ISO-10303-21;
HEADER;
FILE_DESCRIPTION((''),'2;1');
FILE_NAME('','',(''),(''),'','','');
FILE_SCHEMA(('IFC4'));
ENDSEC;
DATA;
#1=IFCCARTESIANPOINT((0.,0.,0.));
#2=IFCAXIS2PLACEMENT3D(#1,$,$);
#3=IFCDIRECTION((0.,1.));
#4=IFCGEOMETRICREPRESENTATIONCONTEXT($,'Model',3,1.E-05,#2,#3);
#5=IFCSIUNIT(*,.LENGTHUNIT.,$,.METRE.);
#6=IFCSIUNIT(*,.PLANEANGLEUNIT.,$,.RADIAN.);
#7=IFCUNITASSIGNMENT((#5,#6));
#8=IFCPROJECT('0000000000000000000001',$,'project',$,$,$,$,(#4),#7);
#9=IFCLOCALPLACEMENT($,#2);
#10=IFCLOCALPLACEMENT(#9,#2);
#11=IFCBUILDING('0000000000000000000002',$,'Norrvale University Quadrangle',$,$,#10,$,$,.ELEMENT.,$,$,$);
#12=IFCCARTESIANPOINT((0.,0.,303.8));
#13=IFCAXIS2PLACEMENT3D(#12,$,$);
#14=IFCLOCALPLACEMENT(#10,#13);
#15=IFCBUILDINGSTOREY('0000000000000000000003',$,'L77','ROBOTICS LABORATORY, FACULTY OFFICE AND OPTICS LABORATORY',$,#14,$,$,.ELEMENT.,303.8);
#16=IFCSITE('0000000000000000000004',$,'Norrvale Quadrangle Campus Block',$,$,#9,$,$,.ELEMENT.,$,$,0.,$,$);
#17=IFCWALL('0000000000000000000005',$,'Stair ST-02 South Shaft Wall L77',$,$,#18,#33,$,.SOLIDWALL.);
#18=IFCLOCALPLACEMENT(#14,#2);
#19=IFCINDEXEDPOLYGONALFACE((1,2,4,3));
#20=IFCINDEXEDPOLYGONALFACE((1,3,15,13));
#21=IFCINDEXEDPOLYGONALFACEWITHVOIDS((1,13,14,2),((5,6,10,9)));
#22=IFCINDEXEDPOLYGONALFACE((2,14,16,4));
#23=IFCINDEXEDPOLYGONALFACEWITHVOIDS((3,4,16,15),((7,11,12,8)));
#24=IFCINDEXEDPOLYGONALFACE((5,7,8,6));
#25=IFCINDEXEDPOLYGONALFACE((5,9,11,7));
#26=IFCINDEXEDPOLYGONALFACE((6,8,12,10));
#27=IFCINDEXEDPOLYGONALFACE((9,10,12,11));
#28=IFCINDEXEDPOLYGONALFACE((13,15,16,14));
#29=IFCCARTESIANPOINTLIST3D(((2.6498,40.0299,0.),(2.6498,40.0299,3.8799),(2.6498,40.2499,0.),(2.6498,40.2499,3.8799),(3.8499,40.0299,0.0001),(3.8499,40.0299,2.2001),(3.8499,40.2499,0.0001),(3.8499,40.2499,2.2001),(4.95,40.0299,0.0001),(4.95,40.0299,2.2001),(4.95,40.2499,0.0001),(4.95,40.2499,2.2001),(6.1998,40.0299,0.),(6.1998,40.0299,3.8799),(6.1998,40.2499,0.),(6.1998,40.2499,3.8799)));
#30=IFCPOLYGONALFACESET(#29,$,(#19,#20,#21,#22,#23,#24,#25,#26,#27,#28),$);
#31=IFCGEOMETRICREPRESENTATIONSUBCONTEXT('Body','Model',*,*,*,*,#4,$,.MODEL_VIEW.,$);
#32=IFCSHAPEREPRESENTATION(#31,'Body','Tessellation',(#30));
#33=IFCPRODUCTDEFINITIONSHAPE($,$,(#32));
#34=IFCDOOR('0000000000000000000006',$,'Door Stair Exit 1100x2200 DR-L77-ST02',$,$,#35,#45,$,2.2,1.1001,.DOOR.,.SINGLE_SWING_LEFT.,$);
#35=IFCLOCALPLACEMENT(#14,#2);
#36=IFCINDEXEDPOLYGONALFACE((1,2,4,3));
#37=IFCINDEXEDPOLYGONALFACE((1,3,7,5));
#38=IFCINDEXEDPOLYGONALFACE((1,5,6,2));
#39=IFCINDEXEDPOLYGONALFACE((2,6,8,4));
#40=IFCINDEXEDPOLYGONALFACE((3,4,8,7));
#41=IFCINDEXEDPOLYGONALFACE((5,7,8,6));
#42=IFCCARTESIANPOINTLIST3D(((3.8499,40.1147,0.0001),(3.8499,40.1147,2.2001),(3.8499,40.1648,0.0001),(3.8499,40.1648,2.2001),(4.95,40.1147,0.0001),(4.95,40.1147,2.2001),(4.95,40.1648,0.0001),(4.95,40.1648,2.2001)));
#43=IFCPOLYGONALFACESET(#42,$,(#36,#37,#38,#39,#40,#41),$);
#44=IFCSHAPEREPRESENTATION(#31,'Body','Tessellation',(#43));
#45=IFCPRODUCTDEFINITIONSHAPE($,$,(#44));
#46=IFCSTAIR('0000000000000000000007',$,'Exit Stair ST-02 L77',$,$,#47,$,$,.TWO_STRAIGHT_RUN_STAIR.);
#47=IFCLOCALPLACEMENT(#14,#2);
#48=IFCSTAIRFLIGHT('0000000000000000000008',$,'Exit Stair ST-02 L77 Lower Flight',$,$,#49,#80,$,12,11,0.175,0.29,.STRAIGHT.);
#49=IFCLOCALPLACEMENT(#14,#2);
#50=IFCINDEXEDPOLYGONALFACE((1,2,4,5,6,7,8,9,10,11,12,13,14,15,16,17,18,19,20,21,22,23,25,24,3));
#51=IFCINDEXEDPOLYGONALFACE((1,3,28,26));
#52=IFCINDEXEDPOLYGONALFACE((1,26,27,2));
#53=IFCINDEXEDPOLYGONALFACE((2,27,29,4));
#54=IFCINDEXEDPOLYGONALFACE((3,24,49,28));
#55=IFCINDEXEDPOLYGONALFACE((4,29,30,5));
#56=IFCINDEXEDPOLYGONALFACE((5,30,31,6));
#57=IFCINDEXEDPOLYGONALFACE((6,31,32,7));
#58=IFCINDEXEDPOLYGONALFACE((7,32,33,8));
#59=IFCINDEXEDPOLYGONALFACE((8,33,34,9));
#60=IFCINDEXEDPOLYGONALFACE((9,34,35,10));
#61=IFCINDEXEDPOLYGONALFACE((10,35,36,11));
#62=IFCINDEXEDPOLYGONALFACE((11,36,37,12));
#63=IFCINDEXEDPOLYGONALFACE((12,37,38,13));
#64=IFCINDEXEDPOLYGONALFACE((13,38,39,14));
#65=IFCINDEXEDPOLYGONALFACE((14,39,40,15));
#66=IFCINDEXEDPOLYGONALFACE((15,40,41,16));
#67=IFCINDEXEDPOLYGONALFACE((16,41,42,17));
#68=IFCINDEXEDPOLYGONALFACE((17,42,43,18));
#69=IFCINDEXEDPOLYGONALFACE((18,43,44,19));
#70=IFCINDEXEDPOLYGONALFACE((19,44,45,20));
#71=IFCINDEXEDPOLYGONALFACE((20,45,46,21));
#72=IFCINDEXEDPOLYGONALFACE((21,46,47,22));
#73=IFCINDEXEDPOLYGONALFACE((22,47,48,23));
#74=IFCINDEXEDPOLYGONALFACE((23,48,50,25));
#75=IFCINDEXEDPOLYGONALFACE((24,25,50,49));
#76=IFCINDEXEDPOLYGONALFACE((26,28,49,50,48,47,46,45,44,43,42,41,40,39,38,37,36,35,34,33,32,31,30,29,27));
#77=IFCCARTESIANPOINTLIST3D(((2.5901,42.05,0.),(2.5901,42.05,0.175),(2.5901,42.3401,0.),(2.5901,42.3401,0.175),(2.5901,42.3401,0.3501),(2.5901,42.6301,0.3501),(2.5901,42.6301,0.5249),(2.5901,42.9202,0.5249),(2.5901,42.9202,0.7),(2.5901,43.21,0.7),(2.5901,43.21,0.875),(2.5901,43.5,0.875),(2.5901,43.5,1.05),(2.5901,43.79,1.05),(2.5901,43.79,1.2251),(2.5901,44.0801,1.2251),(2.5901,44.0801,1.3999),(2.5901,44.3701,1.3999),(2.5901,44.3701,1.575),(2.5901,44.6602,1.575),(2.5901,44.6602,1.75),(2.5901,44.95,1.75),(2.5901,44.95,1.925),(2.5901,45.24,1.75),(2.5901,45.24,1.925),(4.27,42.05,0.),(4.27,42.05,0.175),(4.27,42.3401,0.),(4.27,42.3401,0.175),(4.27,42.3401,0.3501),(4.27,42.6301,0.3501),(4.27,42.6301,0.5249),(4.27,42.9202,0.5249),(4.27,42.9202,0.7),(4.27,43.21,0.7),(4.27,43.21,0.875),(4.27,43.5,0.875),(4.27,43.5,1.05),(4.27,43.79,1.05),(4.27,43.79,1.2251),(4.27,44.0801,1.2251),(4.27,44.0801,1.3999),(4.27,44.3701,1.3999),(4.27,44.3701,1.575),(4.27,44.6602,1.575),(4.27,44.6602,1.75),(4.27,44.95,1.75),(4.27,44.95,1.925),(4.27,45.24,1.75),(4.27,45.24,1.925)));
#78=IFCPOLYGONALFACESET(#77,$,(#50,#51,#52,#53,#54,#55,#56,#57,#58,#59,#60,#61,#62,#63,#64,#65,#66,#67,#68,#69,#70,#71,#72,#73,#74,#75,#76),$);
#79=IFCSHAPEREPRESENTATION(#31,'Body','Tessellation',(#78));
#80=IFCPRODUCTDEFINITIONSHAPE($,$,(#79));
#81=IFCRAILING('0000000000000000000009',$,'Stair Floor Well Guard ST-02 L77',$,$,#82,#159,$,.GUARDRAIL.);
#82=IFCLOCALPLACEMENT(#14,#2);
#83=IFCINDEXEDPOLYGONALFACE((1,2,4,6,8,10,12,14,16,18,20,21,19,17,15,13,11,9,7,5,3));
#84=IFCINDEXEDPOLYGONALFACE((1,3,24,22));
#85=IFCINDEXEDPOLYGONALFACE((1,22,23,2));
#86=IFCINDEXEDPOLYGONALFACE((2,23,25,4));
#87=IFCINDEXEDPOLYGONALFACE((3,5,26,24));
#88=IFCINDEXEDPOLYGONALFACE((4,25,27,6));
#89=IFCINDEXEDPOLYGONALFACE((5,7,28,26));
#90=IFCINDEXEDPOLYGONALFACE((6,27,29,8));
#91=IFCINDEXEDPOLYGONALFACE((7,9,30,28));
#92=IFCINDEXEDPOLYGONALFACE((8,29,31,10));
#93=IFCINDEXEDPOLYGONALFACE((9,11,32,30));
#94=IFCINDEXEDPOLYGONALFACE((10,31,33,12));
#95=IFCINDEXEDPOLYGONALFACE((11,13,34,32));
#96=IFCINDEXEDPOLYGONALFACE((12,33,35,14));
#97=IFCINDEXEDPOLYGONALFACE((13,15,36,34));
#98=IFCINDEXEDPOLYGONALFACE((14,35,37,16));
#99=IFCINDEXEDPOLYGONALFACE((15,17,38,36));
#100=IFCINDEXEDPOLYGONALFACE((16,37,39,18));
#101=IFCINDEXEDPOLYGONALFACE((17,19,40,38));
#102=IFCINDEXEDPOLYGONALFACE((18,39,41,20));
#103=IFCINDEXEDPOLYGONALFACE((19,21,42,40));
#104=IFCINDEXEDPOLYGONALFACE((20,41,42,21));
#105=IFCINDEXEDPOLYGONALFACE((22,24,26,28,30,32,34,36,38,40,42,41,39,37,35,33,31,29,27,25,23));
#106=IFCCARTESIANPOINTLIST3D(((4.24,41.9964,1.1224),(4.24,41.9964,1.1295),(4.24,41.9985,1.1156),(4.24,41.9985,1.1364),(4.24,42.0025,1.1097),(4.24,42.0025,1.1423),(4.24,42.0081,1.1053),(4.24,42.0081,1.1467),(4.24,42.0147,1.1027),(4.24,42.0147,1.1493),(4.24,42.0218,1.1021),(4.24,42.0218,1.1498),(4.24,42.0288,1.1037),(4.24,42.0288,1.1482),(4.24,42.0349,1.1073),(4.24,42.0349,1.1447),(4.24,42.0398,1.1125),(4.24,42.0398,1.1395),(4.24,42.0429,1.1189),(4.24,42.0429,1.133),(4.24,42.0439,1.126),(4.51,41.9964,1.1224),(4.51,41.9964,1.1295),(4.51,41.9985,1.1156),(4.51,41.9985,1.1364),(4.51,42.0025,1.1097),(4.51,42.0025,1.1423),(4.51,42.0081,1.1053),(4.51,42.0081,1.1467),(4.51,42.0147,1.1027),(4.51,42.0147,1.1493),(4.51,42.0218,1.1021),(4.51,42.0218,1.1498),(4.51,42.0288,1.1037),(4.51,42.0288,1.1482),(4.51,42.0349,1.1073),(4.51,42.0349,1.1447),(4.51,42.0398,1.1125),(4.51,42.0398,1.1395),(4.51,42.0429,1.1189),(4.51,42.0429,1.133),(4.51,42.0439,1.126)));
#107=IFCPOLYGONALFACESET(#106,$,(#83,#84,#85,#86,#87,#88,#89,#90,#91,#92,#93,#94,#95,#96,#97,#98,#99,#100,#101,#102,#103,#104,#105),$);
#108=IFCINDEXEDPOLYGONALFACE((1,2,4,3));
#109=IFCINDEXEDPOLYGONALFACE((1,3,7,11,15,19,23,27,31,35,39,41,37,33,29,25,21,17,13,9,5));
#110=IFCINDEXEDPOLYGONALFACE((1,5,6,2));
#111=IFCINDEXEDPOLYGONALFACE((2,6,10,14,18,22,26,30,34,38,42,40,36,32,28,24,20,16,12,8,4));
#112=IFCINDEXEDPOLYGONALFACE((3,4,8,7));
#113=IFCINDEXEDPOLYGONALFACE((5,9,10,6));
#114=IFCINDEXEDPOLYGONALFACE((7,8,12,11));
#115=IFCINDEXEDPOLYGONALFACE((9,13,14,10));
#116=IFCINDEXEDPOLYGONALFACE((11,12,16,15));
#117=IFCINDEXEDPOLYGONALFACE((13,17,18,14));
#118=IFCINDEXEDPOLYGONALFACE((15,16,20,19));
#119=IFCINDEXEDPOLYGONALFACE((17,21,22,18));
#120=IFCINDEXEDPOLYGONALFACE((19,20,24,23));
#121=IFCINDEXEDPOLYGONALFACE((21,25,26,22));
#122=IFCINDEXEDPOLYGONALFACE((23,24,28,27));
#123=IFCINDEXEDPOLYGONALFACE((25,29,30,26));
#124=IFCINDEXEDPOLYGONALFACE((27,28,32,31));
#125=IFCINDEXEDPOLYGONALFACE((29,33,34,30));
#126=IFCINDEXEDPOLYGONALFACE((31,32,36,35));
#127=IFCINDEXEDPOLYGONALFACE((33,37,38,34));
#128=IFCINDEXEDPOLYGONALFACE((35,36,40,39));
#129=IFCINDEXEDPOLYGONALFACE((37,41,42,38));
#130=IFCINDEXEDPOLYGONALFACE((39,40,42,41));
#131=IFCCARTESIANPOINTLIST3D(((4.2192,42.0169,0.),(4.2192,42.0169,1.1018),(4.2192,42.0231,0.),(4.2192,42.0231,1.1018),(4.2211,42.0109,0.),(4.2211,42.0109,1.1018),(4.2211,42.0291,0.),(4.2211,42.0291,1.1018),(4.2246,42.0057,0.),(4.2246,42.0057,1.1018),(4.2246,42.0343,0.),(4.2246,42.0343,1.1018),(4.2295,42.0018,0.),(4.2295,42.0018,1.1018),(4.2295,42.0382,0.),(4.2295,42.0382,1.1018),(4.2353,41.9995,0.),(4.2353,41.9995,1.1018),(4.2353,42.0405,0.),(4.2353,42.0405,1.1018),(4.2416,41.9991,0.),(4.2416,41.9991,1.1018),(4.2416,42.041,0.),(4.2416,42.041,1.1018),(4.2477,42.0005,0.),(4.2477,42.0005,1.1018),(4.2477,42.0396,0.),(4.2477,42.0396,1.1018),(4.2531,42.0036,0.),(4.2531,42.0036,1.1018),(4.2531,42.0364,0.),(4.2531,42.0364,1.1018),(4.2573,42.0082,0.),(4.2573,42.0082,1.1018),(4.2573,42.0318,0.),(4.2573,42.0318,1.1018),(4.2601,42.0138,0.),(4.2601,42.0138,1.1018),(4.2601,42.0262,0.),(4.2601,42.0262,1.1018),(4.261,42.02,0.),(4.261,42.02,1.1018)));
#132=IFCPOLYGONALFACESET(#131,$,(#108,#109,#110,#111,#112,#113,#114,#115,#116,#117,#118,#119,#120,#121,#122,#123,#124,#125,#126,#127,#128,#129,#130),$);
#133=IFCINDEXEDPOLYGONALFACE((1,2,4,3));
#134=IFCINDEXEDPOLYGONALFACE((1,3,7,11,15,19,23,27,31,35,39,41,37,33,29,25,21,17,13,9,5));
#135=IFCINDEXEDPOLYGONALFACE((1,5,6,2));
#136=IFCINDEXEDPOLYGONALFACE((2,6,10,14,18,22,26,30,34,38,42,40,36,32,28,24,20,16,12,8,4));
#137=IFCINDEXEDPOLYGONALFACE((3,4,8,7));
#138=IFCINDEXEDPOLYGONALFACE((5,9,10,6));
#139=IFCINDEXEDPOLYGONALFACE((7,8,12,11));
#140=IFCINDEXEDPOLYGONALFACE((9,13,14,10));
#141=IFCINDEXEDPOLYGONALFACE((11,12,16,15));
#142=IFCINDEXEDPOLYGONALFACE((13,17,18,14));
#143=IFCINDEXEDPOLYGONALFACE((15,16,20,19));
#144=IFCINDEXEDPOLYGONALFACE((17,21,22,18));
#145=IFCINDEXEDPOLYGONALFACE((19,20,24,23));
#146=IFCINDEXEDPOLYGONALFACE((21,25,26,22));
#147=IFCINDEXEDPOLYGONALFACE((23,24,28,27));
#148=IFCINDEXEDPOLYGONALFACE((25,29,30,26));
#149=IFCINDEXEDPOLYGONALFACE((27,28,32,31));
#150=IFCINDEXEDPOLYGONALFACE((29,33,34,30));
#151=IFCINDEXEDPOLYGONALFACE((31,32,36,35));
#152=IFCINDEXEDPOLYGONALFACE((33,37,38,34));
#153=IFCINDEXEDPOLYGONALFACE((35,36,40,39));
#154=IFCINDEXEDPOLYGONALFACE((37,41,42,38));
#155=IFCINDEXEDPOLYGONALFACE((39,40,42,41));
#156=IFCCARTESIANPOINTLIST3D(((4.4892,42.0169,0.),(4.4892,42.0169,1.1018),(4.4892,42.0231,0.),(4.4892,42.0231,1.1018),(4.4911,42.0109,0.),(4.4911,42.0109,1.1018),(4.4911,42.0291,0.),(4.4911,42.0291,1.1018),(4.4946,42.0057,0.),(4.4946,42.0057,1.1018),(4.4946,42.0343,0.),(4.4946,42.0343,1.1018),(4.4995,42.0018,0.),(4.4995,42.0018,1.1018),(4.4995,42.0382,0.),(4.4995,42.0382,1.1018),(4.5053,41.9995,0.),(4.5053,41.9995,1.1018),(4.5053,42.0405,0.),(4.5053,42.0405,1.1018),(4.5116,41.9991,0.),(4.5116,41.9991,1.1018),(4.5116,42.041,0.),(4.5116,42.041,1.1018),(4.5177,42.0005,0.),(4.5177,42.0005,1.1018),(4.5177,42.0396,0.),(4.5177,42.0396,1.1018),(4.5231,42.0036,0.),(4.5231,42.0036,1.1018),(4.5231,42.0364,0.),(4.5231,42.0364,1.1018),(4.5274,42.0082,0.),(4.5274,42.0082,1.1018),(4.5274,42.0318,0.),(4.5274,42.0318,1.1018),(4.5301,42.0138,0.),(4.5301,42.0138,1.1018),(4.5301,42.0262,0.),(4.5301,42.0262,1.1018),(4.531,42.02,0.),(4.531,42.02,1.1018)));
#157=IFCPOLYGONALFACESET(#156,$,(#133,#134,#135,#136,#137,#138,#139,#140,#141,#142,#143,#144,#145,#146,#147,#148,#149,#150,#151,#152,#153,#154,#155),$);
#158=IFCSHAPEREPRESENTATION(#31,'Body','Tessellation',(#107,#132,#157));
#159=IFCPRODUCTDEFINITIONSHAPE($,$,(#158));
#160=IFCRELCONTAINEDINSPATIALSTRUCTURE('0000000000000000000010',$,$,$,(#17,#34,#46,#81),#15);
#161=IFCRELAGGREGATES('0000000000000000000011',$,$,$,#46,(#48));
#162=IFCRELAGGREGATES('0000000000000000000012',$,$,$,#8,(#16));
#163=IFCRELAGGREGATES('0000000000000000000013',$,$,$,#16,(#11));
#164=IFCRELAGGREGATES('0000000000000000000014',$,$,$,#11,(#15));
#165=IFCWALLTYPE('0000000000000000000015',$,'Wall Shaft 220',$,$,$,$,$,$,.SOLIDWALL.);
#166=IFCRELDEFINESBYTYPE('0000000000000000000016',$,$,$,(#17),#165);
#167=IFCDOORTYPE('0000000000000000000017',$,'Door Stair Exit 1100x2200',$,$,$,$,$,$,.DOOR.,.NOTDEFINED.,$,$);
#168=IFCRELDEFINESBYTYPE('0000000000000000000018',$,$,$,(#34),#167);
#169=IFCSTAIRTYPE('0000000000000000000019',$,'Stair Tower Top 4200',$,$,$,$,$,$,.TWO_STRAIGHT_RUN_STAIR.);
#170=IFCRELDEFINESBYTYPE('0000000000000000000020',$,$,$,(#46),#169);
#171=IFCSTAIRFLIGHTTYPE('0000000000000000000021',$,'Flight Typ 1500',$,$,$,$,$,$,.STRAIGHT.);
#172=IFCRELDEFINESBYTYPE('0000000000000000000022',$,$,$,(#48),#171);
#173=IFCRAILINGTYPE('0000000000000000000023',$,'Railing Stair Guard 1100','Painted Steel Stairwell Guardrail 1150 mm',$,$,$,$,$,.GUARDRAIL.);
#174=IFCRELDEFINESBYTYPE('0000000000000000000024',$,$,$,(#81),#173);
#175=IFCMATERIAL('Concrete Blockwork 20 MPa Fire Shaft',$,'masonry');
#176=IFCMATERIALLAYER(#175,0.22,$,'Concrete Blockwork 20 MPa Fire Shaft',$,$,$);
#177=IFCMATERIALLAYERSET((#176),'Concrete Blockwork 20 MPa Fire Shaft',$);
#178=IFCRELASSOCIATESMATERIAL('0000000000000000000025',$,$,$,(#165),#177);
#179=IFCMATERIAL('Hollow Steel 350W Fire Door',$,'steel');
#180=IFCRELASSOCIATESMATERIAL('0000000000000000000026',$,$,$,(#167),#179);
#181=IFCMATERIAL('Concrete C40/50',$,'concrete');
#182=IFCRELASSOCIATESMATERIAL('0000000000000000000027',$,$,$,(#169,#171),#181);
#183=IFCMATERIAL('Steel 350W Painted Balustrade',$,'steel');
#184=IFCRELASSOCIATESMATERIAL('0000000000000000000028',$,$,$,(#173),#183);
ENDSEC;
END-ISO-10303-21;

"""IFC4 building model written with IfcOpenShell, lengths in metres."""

from ifc_helpers import new_model, si_unit, direction, frame, frame_2d, origin, origin_2d, place, context, subcontext, project, spatial, polyline, rectangle, circle, outline, extrude, material, layer, layer_set, type_object, element, fill, aggregate, save


model = new_model("IFC4")

# Units and contexts
model_context = context("Model", 3, precision=1e-05, world=origin(), true_north=direction((0.0, 1.0)))
body_context = subcontext(model_context, "Body", "Model", "MODEL_VIEW")
ifc_project = project(units=[si_unit("LENGTHUNIT", "METRE"), si_unit("PLANEANGLEUNIT", "RADIAN")], contexts=[model_context])

# Site, building, storey
site_placement = place(None, origin())
site = spatial("IfcSite", under=ifc_project, at=site_placement, Name="Norrvale Quadrangle Campus Block", CompositionType="ELEMENT", RefElevation=0.0)
building_placement = place(site_placement, origin())
building = spatial("IfcBuilding", under=site, at=building_placement, Name="Norrvale University Quadrangle", CompositionType="ELEMENT")
storey_placement = place(building_placement, frame((0.0, 0.0, 303.8)))
storey = spatial("IfcBuildingStorey", under=building, at=storey_placement, Name="L77", Description="ROBOTICS LABORATORY, FACULTY OFFICE AND OPTICS LABORATORY", CompositionType="ELEMENT", Elevation=303.8)

# Wall, opening, door
ifc_material_1 = material(Name="Concrete Blockwork 20 MPa Fire Shaft", Category="masonry")
ifc_layer_1 = layer(ifc_material_1, 0.22, Name="Concrete Blockwork 20 MPa Fire Shaft")
ifc_layer_set_1 = layer_set([ifc_layer_1], Name="Concrete Blockwork 20 MPa Fire Shaft")
wall_type_1 = type_object("IfcWallType", Name="Wall Shaft 220", PredefinedType="SOLIDWALL", material=ifc_layer_set_1)
wall_1_placement = place(storey_placement, frame((2.6499, 40.1399, 0.0), z_axis=(0.0, 0.0, 1.0), x_axis=(1.0, 0.0, 0.0)))
wall_1 = element("IfcWall", 1, at=wall_1_placement, inside=storey, type_object=wall_type_1, Name="Stair ST-02 South Shaft Wall L77", PredefinedType="SOLIDWALL", context=body_context, shape_type="SweptSolid", body=[
    extrude(rectangle(XDim=3.55, YDim=0.22, at=frame_2d((1.7749, 0.0))), origin(), (0.0, 0.0, 1.0), 3.8799),
])
opening_1_placement = place(wall_1_placement, frame((1.2, 0.0, 0.0)))
opening_1 = element("IfcOpeningElement", 2, at=opening_1_placement, cuts=wall_1, PredefinedType="OPENING", context=body_context, shape_type="SweptSolid", body=[
    extrude(rectangle(XDim=1.1001, YDim=2.2, at=frame_2d((0.55, 1.1001))), frame((0.0, 0.1221, 0.0), z_axis=(0.0, -1.0, 0.0), x_axis=(1.0, 0.0, 0.0)), (0.0, 0.0, 1.0), 0.2439),
])
ifc_material_2 = material(Name="Hollow Steel 350W Fire Door", Category="steel")
door_type = type_object("IfcDoorType", Name="Door Stair Exit 1100x2200", OperationType="NOTDEFINED", PredefinedType="DOOR", material=ifc_material_2)
door_placement = place(opening_1_placement, origin())
door = element("IfcDoor", 3, at=door_placement, inside=storey, type_object=door_type, Name="Door Stair Exit 1100x2200 DR-L77-ST02", OperationType="SINGLE_SWING_LEFT", OverallHeight=2.2, OverallWidth=1.1001, PredefinedType="DOOR", context=body_context, shape_type="SweptSolid", body=[
    extrude(rectangle(XDim=1.1001, YDim=2.2, at=frame_2d((0.55, 1.1001))), frame((0.0, 0.0249, 0.0), z_axis=(0.0, -1.0, 0.0), x_axis=(1.0, 0.0, 0.0)), (0.0, 0.0, 1.0), 0.05),
])
fill(opening_1, door)

# Stair, stair flight
ifc_material_3 = material(Name="Concrete C40/50", Category="concrete")
stair_type = type_object("IfcStairType", Name="Stair Tower Top 4200", PredefinedType="TWO_STRAIGHT_RUN_STAIR", material=ifc_material_3)
stair_placement = place(storey_placement, origin())
stair = element("IfcStair", 4, at=stair_placement, inside=storey, type_object=stair_type, Name="Exit Stair ST-02 L77", PredefinedType="TWO_STRAIGHT_RUN_STAIR")
stair_flight_type = type_object("IfcStairFlightType", Name="Flight Typ 1500", PredefinedType="STRAIGHT", material=ifc_material_3)
stair_flight_placement = place(storey_placement, frame((3.4299, 42.05, 0.0), z_axis=(0.0, 0.0, 1.0), x_axis=(0.0, 1.0, 0.0)))
stair_flight = element("IfcStairFlight", 5, at=stair_flight_placement, type_object=stair_flight_type, Name="Exit Stair ST-02 L77 Lower Flight", NumberOfRisers=12, NumberOfTreads=11, PredefinedType="STRAIGHT", RiserHeight=0.175, TreadLength=0.29, context=body_context, shape_type="SweptSolid", body=[
    extrude(outline(polyline([(0.0, 0.0), (0.0, 0.175), (0.29, 0.175), (0.29, 0.3501), (0.5801, 0.3501), (0.5801, 0.5249), (0.8701, 0.5249), (0.8701, 0.7), (1.1599, 0.7), (1.1599, 0.875), (1.45, 0.875), (1.45, 1.05), (1.74, 1.05), (1.74, 1.2251), (2.03, 1.2251), (2.03, 1.3999), (2.3201, 1.3999), (2.3201, 1.575), (2.6101, 1.575), (2.6101, 1.75), (2.8999, 1.75), (2.8999, 1.925), (3.1899, 1.925), (3.1899, 2.1001), (3.1899, 1.75), (0.29, 0.0), (0.0, 0.0)])), frame((0.0, 0.8398, 0.0), z_axis=(0.0, -1.0, 0.0), x_axis=(1.0, 0.0, 0.0)), (0.0, 0.0, 1.0), 1.6799),
])
aggregate(stair, [stair_flight])

# Railing
ifc_material_4 = material(Name="Steel 350W Painted Balustrade", Category="steel")
railing_type_1 = type_object("IfcRailingType", Name="Railing Stair Guard 1100", Description="Painted Steel Stairwell Guardrail 1150 mm", PredefinedType="GUARDRAIL", material=ifc_material_4)
for number, where, name in (
    (6, (4.24, 42.02, 0.0), "Stair Floor Well Guard ST-02 L77"),
):
    element("IfcRailing", number, at=place(storey_placement, frame(where)), inside=storey, type_object=railing_type_1, Name=name, PredefinedType="GUARDRAIL", context=body_context, shape_type="SweptSolid", body=[
        extrude(circle(Radius=0.0239, at=origin_2d()), frame((0.0, 0.0, 1.126), z_axis=(1.0, 0.0, 0.0), x_axis=(0.0, 1.0, 0.0)), (0.0, 0.0, 1.0), 0.27),
        extrude(circle(Radius=0.021, at=origin_2d()), origin(), (0.0, 0.0, 1.0), 1.1018),
        extrude(circle(Radius=0.021, at=origin_2d()), frame((0.27, 0.0, 0.0)), (0.0, 0.0, 1.0), 1.1018),
    ])

save(model, "model.ifc")
